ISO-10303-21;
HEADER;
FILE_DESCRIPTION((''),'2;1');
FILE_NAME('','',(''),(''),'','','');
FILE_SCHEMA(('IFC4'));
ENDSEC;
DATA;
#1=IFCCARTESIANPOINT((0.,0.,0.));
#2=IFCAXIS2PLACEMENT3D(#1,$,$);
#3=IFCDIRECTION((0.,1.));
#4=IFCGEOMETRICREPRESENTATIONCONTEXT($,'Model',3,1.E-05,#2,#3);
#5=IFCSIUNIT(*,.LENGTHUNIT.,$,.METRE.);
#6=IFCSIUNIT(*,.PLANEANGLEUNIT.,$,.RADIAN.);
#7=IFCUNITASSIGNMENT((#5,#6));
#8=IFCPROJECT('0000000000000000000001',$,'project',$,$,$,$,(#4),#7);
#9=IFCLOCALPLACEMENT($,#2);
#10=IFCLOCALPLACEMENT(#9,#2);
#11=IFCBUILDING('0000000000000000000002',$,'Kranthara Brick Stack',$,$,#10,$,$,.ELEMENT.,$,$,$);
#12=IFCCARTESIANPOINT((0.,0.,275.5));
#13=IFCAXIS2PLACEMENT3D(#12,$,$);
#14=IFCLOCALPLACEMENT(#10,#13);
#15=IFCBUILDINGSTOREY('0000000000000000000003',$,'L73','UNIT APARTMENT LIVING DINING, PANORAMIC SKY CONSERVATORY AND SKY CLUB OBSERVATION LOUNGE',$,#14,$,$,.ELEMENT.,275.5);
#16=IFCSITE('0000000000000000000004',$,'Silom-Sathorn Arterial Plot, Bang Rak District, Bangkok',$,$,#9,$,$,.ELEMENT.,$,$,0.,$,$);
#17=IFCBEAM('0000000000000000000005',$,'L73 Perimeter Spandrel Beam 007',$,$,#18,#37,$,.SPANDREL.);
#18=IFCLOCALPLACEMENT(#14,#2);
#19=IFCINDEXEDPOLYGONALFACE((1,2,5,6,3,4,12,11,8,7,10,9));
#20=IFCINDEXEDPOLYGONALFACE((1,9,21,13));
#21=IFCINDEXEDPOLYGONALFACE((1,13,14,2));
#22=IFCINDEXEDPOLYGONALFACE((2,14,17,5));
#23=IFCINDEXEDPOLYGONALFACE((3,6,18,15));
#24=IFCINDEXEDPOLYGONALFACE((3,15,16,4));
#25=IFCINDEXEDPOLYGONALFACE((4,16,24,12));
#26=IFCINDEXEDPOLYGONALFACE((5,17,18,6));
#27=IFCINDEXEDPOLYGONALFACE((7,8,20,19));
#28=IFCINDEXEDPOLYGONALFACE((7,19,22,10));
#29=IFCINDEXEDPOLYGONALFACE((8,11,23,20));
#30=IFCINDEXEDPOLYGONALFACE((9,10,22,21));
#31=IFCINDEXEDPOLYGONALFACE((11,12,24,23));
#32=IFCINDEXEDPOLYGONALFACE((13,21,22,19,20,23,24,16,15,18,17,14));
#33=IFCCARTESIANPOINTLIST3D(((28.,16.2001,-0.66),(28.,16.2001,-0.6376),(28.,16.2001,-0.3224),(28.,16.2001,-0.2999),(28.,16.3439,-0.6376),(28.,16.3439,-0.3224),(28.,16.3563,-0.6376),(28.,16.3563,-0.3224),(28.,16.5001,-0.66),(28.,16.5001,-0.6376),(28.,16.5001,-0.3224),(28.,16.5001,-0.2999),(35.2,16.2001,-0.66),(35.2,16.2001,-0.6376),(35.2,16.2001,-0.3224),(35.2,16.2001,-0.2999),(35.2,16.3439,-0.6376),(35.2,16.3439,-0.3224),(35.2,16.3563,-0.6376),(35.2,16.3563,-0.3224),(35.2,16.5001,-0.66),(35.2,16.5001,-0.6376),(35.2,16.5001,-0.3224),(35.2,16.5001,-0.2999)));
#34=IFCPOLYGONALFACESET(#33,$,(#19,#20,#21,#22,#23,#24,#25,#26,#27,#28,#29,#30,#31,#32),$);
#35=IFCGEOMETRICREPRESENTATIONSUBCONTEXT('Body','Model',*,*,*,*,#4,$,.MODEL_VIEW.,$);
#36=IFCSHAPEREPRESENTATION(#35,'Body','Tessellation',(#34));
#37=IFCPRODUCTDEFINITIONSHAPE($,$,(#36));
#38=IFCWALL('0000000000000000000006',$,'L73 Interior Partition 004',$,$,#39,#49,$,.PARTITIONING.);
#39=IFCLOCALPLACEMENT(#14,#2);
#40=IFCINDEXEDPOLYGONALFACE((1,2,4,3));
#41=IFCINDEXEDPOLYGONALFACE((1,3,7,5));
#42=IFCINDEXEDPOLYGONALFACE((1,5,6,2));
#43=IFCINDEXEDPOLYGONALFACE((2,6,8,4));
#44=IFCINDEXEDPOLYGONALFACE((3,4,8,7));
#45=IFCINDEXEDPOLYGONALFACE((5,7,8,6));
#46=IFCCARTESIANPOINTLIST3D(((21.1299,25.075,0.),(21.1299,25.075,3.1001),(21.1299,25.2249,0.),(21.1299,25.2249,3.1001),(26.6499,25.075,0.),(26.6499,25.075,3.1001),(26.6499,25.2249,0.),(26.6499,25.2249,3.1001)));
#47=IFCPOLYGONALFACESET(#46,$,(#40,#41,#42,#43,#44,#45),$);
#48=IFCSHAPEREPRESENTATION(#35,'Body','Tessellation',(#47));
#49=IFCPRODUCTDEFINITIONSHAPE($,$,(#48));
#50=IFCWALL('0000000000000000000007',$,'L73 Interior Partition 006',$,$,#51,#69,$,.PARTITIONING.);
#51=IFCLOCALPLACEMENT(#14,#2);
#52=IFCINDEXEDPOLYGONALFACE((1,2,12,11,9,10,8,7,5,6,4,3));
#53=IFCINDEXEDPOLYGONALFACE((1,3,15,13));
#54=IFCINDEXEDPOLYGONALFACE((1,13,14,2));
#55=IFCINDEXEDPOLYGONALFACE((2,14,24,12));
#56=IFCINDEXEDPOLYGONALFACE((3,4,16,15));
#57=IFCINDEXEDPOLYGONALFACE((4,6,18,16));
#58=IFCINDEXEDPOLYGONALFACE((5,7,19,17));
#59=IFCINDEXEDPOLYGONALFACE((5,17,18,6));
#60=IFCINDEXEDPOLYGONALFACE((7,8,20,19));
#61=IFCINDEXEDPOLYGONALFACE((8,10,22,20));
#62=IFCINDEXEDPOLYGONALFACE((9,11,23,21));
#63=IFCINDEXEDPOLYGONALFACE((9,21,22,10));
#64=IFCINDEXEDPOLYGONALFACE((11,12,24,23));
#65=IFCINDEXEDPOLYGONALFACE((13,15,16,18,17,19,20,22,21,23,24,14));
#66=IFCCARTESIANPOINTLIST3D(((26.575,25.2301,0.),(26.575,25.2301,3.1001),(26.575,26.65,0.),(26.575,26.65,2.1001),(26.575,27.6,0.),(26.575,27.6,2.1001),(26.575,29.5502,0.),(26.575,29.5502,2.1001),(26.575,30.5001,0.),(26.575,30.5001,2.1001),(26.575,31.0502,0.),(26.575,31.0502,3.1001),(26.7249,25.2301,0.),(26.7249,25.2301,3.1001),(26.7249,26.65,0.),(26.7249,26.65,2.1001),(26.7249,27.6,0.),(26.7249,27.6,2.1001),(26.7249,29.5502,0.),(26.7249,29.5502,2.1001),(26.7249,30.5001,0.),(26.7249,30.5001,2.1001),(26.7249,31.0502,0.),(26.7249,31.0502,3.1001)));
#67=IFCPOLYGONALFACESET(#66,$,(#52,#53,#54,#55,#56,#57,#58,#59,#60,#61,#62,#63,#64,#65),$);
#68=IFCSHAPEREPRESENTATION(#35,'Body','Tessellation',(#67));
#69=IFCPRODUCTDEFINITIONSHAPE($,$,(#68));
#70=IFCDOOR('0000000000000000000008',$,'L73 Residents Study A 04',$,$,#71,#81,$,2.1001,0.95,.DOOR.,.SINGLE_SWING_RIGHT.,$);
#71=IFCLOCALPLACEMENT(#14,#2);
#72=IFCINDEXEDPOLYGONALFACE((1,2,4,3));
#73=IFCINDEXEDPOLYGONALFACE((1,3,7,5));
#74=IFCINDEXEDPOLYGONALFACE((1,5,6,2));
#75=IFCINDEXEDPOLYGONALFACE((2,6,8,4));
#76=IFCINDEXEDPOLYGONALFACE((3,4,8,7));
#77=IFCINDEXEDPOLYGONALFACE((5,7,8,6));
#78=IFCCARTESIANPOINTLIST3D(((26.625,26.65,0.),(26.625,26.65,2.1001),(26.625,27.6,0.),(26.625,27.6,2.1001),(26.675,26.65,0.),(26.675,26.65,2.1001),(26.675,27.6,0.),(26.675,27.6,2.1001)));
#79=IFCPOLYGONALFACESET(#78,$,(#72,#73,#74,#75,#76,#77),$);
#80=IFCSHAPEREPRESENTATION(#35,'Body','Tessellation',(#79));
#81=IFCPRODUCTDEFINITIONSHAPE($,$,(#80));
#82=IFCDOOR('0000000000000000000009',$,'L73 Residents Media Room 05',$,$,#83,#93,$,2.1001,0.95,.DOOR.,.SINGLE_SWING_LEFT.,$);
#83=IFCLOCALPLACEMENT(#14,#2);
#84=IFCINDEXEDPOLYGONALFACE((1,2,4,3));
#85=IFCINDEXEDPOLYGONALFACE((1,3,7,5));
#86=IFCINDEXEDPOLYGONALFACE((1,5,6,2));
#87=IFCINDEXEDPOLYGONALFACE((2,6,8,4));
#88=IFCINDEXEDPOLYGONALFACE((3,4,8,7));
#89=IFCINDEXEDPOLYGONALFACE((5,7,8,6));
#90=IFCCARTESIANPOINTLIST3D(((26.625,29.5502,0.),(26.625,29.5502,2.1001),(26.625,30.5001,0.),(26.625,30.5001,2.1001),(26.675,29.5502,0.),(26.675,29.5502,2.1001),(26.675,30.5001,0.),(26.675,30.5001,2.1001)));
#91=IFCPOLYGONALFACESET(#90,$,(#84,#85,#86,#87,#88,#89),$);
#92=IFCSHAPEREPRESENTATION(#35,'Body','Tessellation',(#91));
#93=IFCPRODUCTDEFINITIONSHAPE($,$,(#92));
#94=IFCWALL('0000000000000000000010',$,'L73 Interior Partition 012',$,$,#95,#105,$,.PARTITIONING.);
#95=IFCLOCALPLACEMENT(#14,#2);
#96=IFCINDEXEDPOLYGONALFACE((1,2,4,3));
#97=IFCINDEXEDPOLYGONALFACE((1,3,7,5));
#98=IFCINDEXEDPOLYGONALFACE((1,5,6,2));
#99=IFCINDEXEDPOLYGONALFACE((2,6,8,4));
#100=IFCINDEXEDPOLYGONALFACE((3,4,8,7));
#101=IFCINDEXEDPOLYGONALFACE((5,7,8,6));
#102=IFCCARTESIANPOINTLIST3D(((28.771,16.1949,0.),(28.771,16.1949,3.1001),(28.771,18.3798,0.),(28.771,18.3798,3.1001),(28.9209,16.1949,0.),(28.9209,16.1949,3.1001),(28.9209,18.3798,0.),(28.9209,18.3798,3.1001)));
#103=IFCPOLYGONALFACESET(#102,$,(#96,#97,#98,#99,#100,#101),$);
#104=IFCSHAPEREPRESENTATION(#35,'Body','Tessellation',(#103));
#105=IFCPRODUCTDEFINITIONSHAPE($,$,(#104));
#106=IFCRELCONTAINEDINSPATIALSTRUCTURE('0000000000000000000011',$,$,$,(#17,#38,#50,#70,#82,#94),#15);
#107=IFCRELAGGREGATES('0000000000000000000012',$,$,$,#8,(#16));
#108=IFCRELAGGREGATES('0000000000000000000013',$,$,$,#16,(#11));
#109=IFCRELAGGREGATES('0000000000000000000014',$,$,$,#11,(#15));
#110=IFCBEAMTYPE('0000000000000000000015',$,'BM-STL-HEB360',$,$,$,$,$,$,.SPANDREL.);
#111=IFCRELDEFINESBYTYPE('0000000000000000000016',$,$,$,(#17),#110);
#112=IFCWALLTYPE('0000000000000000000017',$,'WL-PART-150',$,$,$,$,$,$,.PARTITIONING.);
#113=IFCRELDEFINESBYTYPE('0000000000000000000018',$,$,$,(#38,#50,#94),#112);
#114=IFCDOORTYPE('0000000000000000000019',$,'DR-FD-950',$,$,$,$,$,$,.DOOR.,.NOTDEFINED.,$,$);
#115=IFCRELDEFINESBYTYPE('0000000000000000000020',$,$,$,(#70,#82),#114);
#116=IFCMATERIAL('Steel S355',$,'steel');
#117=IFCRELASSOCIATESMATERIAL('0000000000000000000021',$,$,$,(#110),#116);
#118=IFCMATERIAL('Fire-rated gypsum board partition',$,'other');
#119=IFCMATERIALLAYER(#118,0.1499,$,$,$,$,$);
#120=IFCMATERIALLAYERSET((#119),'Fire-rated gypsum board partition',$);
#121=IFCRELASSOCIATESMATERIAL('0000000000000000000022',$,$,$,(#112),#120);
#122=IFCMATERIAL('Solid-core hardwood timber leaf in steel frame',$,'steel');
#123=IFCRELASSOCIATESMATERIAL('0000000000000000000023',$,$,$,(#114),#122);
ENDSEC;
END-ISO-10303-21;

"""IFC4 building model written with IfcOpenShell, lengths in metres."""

from ifc_helpers import new_model, si_unit, direction, frame, frame_2d, origin, origin_2d, place, context, subcontext, project, spatial, rectangle, i_section, extrude, material, layer, layer_set, material_profile, profile_set, type_object, element, fill, save


model = new_model("IFC4")

# Units and contexts
model_context = context("Model", 3, precision=1e-05, world=origin(), true_north=direction((0.0, 1.0)))
body_context = subcontext(model_context, "Body", "Model", "MODEL_VIEW")
ifc_project = project(units=[si_unit("LENGTHUNIT", "METRE"), si_unit("PLANEANGLEUNIT", "RADIAN")], contexts=[model_context])

# Site, building, storey
site_placement = place(None, origin())
site = spatial("IfcSite", under=ifc_project, at=site_placement, Name="Silom-Sathorn Arterial Plot, Bang Rak District, Bangkok", CompositionType="ELEMENT", RefElevation=0.0)
building_placement = place(site_placement, origin())
building = spatial("IfcBuilding", under=site, at=building_placement, Name="Kranthara Brick Stack", CompositionType="ELEMENT")
storey_placement = place(building_placement, frame((0.0, 0.0, 275.5)))
storey = spatial("IfcBuildingStorey", under=building, at=storey_placement, Name="L73", Description="UNIT APARTMENT LIVING DINING, PANORAMIC SKY CONSERVATORY AND SKY CLUB OBSERVATION LOUNGE", CompositionType="ELEMENT", Elevation=275.5)

# Beam
ifc_material_1 = material(Name="Steel S355", Category="steel")
ifc_material_profile_1 = material_profile(ifc_material_1, i_section(OverallWidth=0.3, OverallDepth=0.3601, WebThickness=0.0125, FlangeThickness=0.0225, at=origin_2d()), Name="HEB 360")
ifc_profile_set_1 = profile_set([ifc_material_profile_1], Name="Steel S355")
beam_type_1 = type_object("IfcBeamType", Name="BM-STL-HEB360", PredefinedType="SPANDREL", material=ifc_profile_set_1)
beam_1_placement = place(storey_placement, frame((28.0, 16.3501, -0.48), z_axis=(1.0, 0.0, 0.0), x_axis=(0.0, 1.0, 0.0)))
element("IfcBeam", 1, at=beam_1_placement, inside=storey, type_object=beam_type_1, Name="L73 Perimeter Spandrel Beam 007", PredefinedType="SPANDREL", context=body_context, shape_type="SweptSolid", body=[
    extrude(i_section(OverallWidth=0.3, OverallDepth=0.3601, WebThickness=0.0125, FlangeThickness=0.0225, at=origin_2d()), origin(), (0.0, 0.0, 1.0), 7.2),
])

# Wall
ifc_material_2 = material(Name="Fire-rated gypsum board partition", Category="other")
ifc_layer = layer(ifc_material_2, 0.1499)
ifc_layer_set = layer_set([ifc_layer], Name="Fire-rated gypsum board partition")
wall_type = type_object("IfcWallType", Name="WL-PART-150", PredefinedType="PARTITIONING", material=ifc_layer_set)
wall_1_placement = place(storey_placement, frame((21.1299, 25.1499, 0.0), z_axis=(0.0, 0.0, 1.0), x_axis=(1.0, 0.0, 0.0)))
element("IfcWall", 2, at=wall_1_placement, inside=storey, type_object=wall_type, Name="L73 Interior Partition 004", PredefinedType="PARTITIONING", context=body_context, shape_type="SweptSolid", body=[
    extrude(rectangle(XDim=5.52, YDim=0.1499, at=frame_2d((2.76, 0.0))), origin(), (0.0, 0.0, 1.0), 3.1001),
])

# Wall, openings, doors
wall_2_placement = place(storey_placement, frame((26.6499, 25.23, 0.0), z_axis=(0.0, 0.0, 1.0), x_axis=(0.0, 1.0, 0.0)))
wall_2 = element("IfcWall", 3, at=wall_2_placement, inside=storey, type_object=wall_type, Name="L73 Interior Partition 006", PredefinedType="PARTITIONING", context=body_context, shape_type="SweptSolid", body=[
    extrude(rectangle(XDim=5.8201, YDim=0.1499, at=frame_2d((2.9102, 0.0))), origin(), (0.0, 0.0, 1.0), 3.1001),
])
opening_1_placement = place(wall_2_placement, frame((1.4199, 0.0, 0.0)))
opening_1 = element("IfcOpeningElement", 4, at=opening_1_placement, cuts=wall_2, PredefinedType="OPENING", context=body_context, shape_type="SweptSolid", body=[
    extrude(rectangle(XDim=0.95, YDim=2.1001, at=frame_2d((0.4751, 1.05))), frame((0.0, 0.085, 0.0), z_axis=(0.0, -1.0, 0.0), x_axis=(1.0, 0.0, 0.0)), (0.0, 0.0, 1.0), 0.1699),
])
opening_2_placement = place(wall_2_placement, frame((4.3201, 0.0, 0.0)))
opening_2 = element("IfcOpeningElement", 5, at=opening_2_placement, cuts=wall_2, PredefinedType="OPENING", context=body_context, shape_type="SweptSolid", body=[
    extrude(rectangle(XDim=0.95, YDim=2.1001, at=frame_2d((0.4751, 1.05))), frame((0.0, 0.085, 0.0), z_axis=(0.0, -1.0, 0.0), x_axis=(1.0, 0.0, 0.0)), (0.0, 0.0, 1.0), 0.1699),
])
ifc_material_3 = material(Name="Solid-core hardwood timber leaf in steel frame", Category="steel")
door_type = type_object("IfcDoorType", Name="DR-FD-950", OperationType="NOTDEFINED", PredefinedType="DOOR", material=ifc_material_3)
door_1_placement = place(opening_1_placement, origin())
door_1 = element("IfcDoor", 6, at=door_1_placement, inside=storey, type_object=door_type, Name="L73 Residents Study A 04", OperationType="SINGLE_SWING_RIGHT", OverallHeight=2.1001, OverallWidth=0.95, PredefinedType="DOOR", context=body_context, shape_type="SweptSolid", body=[
    extrude(rectangle(XDim=0.95, YDim=2.1001, at=frame_2d((0.4751, 1.05))), frame((0.0, 0.0249, 0.0), z_axis=(0.0, -1.0, 0.0), x_axis=(1.0, 0.0, 0.0)), (0.0, 0.0, 1.0), 0.05),
])
fill(opening_1, door_1)
door_2_placement = place(opening_2_placement, origin())
door_2 = element("IfcDoor", 7, at=door_2_placement, inside=storey, type_object=door_type, Name="L73 Residents Media Room 05", OperationType="SINGLE_SWING_LEFT", OverallHeight=2.1001, OverallWidth=0.95, PredefinedType="DOOR", context=body_context, shape_type="SweptSolid", body=[
    extrude(rectangle(XDim=0.95, YDim=2.1001, at=frame_2d((0.4751, 1.05))), frame((0.0, 0.0249, 0.0), z_axis=(0.0, -1.0, 0.0), x_axis=(1.0, 0.0, 0.0)), (0.0, 0.0, 1.0), 0.05),
])
fill(opening_2, door_2)

# Wall
wall_3_placement = place(storey_placement, frame((28.8459, 16.1951, 0.0), z_axis=(0.0, 0.0, 1.0), x_axis=(0.0, 1.0, 0.0)))
element("IfcWall", 8, at=wall_3_placement, inside=storey, type_object=wall_type, Name="L73 Interior Partition 012", PredefinedType="PARTITIONING", context=body_context, shape_type="SweptSolid", body=[
    extrude(rectangle(XDim=2.1848, YDim=0.1499, at=frame_2d((1.0923, 0.0))), origin(), (0.0, 0.0, 1.0), 3.1001),
])

save(model, "model.ifc")
